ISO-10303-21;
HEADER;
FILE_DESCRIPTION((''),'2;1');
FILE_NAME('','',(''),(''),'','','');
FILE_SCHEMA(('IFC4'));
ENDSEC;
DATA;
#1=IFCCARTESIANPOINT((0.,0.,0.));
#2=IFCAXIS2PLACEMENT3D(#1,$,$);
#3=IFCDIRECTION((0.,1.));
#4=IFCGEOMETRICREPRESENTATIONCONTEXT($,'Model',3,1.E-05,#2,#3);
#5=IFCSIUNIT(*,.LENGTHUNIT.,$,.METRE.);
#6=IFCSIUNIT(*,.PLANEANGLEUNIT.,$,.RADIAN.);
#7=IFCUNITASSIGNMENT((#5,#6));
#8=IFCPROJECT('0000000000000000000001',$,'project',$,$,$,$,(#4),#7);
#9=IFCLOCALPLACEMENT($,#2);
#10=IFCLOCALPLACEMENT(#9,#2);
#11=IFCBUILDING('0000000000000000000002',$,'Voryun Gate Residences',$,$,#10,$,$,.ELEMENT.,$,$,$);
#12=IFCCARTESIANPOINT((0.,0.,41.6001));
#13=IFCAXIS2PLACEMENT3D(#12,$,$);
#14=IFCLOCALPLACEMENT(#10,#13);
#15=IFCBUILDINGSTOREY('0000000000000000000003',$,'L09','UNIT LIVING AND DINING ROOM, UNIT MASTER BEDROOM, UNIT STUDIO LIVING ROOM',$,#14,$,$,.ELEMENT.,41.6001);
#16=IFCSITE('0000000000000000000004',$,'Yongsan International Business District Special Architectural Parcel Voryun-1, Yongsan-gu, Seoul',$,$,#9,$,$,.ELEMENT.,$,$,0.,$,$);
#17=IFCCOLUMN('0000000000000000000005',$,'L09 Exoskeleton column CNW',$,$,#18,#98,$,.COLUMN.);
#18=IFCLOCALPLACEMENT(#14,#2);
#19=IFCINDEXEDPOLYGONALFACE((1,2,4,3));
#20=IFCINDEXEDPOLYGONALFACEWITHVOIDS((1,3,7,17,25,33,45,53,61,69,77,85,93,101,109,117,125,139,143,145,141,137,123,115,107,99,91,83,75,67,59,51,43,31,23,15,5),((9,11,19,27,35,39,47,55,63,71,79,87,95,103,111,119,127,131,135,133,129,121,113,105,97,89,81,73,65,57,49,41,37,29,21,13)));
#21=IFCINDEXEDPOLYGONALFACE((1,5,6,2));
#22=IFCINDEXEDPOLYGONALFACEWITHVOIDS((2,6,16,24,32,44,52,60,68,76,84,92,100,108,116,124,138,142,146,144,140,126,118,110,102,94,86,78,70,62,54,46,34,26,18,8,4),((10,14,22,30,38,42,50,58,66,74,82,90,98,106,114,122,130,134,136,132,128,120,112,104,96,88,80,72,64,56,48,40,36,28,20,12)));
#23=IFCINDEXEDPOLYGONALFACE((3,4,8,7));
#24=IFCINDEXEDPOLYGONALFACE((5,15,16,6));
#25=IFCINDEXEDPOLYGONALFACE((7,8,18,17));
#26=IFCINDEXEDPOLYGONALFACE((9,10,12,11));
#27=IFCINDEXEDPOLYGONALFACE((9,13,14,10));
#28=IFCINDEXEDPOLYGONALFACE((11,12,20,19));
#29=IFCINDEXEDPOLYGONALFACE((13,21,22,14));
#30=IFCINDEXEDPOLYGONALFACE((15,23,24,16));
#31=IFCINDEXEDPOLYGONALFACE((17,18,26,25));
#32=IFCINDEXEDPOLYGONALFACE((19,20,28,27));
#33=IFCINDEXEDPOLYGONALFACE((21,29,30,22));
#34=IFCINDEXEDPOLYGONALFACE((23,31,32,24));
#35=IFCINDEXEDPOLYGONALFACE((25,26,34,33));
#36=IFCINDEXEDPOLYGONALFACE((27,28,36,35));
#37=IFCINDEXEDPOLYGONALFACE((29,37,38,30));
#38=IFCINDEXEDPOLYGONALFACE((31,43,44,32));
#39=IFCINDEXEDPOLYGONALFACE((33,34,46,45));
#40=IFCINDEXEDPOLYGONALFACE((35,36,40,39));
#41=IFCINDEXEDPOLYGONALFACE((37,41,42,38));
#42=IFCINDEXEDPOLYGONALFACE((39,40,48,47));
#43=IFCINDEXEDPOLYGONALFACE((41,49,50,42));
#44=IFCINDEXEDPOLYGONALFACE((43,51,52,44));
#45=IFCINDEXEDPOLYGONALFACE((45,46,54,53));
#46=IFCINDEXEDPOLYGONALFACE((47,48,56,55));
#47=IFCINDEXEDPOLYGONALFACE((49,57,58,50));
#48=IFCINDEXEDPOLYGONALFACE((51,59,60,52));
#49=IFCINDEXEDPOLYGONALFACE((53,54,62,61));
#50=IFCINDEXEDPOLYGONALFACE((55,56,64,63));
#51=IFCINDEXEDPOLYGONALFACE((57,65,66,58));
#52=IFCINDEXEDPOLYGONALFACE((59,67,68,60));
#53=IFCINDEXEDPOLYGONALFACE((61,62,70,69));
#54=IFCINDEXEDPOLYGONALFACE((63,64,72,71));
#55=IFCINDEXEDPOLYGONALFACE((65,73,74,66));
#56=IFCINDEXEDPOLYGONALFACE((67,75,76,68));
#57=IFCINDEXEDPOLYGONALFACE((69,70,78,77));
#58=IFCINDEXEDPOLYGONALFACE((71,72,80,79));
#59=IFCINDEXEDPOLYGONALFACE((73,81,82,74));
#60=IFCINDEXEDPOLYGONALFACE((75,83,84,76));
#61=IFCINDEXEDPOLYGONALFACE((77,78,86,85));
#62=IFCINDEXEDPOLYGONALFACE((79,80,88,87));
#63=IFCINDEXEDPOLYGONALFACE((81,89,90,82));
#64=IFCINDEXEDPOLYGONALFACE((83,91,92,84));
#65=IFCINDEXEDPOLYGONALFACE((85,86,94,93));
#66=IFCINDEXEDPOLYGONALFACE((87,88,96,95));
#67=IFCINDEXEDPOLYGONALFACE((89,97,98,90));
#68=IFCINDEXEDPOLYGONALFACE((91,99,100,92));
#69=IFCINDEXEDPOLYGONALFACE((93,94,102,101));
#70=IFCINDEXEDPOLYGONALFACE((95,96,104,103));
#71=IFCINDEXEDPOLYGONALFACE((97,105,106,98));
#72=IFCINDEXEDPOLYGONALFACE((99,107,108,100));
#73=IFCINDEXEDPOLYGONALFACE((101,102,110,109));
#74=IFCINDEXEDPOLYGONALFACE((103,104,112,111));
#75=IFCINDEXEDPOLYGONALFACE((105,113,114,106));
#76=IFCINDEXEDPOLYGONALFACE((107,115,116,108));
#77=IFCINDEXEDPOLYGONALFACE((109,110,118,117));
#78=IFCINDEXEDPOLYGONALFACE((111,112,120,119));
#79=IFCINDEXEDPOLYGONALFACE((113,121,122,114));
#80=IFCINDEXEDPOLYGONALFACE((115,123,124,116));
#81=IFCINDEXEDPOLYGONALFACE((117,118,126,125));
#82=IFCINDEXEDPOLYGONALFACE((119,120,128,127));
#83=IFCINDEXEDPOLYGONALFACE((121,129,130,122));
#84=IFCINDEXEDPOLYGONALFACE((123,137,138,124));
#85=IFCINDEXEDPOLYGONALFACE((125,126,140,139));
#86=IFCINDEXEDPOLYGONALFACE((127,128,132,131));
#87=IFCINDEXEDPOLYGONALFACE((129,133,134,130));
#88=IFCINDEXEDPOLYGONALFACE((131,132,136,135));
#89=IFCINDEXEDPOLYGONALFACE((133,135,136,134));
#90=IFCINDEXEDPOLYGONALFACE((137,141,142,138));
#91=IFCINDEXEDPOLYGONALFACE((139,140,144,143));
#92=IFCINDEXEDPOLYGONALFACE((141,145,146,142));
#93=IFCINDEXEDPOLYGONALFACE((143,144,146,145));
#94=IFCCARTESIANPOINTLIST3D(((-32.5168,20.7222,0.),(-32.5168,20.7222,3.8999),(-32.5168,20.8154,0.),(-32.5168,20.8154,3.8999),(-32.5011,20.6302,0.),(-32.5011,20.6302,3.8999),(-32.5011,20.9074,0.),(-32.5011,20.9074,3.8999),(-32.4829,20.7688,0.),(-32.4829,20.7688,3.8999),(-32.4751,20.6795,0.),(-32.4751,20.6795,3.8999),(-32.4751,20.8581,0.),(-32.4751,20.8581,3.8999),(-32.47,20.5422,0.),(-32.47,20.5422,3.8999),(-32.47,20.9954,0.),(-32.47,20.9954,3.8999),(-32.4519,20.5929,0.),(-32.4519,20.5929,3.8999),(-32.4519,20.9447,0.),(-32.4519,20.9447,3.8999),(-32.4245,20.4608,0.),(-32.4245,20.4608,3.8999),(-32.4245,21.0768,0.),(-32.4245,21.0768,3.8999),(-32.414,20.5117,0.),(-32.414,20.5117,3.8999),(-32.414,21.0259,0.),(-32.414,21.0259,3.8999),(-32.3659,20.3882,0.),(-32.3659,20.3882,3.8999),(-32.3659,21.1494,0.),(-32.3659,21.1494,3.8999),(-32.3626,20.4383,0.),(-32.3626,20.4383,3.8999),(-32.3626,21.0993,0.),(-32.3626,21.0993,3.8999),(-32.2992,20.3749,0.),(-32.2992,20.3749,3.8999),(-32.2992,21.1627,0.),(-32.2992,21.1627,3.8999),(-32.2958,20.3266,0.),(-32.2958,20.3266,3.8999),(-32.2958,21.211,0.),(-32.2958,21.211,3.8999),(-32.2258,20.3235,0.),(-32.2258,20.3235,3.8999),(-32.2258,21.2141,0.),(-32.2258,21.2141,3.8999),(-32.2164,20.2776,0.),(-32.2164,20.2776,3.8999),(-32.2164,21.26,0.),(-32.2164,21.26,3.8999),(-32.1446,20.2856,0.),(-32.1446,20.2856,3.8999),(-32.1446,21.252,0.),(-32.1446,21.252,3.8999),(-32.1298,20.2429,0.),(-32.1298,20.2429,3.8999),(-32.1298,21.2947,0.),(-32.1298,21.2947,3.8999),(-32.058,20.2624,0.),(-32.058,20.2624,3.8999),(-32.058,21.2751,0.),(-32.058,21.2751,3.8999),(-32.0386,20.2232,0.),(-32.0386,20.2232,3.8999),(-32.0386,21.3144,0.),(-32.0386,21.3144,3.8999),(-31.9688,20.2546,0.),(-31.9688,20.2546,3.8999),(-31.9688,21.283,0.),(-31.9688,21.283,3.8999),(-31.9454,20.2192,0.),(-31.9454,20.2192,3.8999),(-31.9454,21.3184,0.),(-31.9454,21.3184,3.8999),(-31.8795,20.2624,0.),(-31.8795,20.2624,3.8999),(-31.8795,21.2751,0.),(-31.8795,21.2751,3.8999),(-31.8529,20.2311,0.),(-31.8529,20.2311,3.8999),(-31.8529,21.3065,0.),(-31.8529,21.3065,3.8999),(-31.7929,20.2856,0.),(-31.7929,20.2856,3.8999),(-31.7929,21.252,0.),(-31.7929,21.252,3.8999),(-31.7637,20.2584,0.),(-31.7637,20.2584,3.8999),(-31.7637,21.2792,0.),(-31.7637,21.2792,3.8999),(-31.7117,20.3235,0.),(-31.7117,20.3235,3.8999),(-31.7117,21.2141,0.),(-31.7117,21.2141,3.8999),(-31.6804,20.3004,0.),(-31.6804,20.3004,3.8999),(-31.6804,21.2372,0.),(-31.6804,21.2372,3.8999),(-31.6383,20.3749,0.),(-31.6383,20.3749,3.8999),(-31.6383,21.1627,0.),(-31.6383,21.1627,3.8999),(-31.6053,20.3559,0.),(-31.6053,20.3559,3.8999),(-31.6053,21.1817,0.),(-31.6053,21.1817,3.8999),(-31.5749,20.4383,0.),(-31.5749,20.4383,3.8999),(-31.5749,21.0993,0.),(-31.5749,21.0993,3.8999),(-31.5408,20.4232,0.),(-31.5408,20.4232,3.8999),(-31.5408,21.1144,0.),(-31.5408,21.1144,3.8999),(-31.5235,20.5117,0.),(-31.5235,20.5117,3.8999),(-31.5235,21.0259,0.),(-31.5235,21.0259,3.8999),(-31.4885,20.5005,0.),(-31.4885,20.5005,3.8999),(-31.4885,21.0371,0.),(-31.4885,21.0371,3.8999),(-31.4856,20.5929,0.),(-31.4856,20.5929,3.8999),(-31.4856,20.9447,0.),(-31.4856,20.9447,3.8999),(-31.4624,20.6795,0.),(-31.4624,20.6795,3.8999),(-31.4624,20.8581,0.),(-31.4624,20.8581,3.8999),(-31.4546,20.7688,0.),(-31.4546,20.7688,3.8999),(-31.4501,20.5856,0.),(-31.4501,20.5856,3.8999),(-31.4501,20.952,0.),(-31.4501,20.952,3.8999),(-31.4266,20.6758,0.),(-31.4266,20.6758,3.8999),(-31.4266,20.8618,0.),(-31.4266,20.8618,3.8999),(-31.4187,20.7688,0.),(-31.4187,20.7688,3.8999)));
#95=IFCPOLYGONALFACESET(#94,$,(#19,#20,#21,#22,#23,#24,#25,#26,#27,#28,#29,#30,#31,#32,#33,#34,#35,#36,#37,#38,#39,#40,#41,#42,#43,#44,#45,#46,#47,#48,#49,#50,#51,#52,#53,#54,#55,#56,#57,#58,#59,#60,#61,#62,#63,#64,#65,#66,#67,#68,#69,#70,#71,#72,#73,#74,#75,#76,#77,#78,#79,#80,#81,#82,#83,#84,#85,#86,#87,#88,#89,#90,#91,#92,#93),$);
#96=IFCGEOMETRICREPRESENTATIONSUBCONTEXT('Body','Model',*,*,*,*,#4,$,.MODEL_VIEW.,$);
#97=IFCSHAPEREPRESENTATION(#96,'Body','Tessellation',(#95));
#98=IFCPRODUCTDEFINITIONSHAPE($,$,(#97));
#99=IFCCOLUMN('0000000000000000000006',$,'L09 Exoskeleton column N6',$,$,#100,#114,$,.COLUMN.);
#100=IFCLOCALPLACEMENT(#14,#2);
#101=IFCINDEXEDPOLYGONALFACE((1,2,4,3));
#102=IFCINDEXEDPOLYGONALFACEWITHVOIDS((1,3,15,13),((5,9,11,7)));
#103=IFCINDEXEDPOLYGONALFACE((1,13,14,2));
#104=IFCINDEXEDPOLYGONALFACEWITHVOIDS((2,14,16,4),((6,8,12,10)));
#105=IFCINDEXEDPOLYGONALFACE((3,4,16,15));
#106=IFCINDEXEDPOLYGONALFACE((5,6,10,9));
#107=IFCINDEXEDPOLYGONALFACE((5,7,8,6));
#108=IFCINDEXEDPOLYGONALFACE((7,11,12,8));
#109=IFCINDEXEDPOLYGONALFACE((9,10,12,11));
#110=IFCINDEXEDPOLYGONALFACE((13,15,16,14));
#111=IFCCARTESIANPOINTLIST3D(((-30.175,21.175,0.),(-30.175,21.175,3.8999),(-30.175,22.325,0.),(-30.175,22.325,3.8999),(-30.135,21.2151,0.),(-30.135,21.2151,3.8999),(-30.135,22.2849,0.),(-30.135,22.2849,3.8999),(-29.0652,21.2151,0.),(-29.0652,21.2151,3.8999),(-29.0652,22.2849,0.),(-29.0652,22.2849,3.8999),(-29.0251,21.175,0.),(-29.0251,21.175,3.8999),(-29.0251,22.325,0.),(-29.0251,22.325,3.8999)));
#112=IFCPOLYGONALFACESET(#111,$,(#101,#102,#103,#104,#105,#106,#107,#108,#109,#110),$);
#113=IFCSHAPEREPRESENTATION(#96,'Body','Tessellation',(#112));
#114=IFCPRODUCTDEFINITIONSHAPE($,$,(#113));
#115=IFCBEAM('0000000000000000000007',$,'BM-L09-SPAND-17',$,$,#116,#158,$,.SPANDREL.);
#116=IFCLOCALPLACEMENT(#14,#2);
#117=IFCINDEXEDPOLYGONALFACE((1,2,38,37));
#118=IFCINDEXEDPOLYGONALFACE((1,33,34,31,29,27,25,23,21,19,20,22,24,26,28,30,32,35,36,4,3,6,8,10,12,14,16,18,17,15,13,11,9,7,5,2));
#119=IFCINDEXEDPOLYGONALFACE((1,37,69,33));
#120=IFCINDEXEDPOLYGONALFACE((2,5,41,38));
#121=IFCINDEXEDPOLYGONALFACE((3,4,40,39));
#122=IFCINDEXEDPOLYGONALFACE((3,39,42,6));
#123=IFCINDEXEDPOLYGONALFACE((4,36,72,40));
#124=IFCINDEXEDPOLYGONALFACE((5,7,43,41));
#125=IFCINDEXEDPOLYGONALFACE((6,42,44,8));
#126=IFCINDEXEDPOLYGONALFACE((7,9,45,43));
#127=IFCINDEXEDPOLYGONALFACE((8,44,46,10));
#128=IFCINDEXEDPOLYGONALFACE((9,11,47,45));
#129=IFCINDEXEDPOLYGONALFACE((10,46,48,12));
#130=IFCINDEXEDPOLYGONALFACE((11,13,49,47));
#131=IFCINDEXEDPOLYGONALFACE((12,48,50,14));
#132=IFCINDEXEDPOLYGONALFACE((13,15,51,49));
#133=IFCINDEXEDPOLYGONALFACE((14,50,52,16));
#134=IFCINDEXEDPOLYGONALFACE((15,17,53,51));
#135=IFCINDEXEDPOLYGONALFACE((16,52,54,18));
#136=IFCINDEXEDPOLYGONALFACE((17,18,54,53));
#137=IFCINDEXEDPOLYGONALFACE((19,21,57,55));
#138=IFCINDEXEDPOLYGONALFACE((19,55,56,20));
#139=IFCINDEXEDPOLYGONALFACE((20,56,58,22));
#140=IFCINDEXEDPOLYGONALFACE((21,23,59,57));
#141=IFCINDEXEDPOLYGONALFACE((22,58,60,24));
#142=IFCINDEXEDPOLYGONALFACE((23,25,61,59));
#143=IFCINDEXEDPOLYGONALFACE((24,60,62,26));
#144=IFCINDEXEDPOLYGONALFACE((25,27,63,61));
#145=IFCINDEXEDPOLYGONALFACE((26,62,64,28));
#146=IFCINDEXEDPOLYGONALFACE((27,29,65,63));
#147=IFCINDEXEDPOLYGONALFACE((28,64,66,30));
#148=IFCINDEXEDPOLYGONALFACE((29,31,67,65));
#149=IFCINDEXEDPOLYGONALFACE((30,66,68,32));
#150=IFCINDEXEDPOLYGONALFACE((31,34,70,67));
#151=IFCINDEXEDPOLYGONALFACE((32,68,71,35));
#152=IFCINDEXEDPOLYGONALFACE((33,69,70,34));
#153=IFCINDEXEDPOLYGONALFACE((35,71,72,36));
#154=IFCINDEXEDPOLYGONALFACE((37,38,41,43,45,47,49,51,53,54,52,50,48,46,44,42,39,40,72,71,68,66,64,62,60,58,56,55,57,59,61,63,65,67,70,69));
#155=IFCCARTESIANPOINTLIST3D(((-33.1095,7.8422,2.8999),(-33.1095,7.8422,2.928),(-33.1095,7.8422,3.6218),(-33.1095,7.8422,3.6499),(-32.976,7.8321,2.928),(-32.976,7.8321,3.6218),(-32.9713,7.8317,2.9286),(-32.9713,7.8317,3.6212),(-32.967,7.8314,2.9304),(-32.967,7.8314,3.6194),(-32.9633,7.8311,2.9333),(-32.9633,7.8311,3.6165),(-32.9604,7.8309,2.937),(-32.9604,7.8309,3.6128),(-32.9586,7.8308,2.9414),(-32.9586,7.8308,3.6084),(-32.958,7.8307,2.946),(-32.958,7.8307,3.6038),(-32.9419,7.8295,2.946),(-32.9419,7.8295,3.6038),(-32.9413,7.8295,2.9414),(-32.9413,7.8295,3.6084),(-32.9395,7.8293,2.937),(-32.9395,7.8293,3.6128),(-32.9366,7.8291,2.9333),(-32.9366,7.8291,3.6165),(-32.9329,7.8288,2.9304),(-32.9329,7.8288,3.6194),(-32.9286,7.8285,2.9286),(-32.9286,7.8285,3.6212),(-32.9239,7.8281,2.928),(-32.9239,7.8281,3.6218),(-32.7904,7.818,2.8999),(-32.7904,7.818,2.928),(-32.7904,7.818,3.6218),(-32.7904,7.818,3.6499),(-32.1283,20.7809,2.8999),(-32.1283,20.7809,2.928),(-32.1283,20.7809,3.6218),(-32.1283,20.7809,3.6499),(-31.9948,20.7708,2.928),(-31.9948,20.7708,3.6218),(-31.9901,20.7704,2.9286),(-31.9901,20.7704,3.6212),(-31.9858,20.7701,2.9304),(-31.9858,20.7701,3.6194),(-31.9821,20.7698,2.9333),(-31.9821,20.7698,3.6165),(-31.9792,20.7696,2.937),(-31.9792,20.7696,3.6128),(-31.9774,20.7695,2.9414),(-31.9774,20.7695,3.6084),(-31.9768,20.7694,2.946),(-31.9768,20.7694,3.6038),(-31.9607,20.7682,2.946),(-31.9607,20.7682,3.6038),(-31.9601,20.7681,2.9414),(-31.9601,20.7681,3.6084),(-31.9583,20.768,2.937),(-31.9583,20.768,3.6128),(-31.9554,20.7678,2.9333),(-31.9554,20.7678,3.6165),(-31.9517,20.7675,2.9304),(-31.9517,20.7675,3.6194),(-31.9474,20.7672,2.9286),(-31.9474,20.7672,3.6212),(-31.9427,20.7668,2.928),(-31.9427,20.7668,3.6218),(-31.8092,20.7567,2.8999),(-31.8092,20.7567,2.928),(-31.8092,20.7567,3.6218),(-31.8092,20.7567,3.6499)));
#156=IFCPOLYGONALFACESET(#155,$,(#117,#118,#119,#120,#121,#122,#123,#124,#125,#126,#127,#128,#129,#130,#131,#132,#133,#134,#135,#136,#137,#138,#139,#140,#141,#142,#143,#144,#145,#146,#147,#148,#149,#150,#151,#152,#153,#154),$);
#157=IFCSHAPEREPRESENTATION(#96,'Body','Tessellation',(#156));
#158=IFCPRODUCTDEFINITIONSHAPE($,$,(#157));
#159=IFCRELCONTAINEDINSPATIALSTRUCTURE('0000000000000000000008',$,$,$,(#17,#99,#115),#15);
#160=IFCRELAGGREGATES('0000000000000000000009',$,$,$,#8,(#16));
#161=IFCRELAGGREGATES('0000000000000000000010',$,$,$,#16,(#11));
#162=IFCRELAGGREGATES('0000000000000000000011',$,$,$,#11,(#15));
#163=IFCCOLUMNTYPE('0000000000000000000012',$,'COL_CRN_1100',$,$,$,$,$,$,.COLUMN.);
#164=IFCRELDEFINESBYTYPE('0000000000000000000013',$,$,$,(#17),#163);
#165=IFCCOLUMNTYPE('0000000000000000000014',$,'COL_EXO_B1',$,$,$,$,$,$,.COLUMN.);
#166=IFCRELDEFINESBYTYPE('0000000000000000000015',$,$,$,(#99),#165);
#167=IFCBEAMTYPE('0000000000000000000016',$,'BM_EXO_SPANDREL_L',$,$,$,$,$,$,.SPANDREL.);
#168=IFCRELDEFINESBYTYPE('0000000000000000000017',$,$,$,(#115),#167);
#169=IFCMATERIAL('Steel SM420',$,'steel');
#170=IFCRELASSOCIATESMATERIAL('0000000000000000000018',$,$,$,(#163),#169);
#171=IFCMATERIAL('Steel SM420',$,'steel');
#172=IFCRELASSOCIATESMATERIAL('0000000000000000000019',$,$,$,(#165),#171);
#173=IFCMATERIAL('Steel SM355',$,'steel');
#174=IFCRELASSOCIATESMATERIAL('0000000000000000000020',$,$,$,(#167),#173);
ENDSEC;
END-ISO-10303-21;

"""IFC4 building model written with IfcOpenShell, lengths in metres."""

from ifc_helpers import new_model, si_unit, direction, frame, origin, origin_2d, place, context, subcontext, project, spatial, hollow_rectangle, hollow_circle, i_section, extrude, material, material_profile, profile_set, type_object, element, save


model = new_model("IFC4")

# Units and contexts
model_context = context("Model", 3, precision=1e-05, world=origin(), true_north=direction((0.0, 1.0)))
body_context = subcontext(model_context, "Body", "Model", "MODEL_VIEW")
ifc_project = project(units=[si_unit("LENGTHUNIT", "METRE"), si_unit("PLANEANGLEUNIT", "RADIAN")], contexts=[model_context])

# Site, building, storey
site_placement = place(None, origin())
site = spatial("IfcSite", under=ifc_project, at=site_placement, Name="Yongsan International Business District Special Architectural Parcel Voryun-1, Yongsan-gu, Seoul", CompositionType="ELEMENT", RefElevation=0.0)
building_placement = place(site_placement, origin())
building = spatial("IfcBuilding", under=site, at=building_placement, Name="Voryun Gate Residences", CompositionType="ELEMENT")
storey_placement = place(building_placement, frame((0.0, 0.0, 41.6001)))
storey = spatial("IfcBuildingStorey", under=building, at=storey_placement, Name="L09", Description="UNIT LIVING AND DINING ROOM, UNIT MASTER BEDROOM, UNIT STUDIO LIVING ROOM", CompositionType="ELEMENT", Elevation=41.6001)

# Columns
ifc_material_1 = material(Name="Steel SM420", Category="steel")
ifc_material_profile_1 = material_profile(ifc_material_1, hollow_circle(Radius=0.55, WallThickness=0.0359, at=origin_2d()), Name="CHS-1100x36")
ifc_profile_set_1 = profile_set([ifc_material_profile_1], Name="Steel SM420")
column_type_1 = type_object("IfcColumnType", Name="COL_CRN_1100", PredefinedType="COLUMN", material=ifc_profile_set_1)
column_1_placement = place(storey_placement, frame((-31.9688, 20.7688, 0.0), z_axis=(0.0, 0.0, 1.0), x_axis=(1.0, 0.0, 0.0)))
element("IfcColumn", 1, at=column_1_placement, inside=storey, type_object=column_type_1, Name="L09 Exoskeleton column CNW", PredefinedType="COLUMN", context=body_context, shape_type="SweptSolid", body=[
    extrude(hollow_circle(Radius=0.55, WallThickness=0.0359, at=origin_2d()), origin(), (0.0, 0.0, 1.0), 3.8999),
])
ifc_material_2 = material(Name="Steel SM420", Category="steel")
ifc_material_profile_2 = material_profile(ifc_material_2, hollow_rectangle(XDim=1.1499, YDim=1.1499, WallThickness=0.04, at=origin_2d()), Name="BOX-1150x1150x40")
ifc_profile_set_2 = profile_set([ifc_material_profile_2], Name="Steel SM420")
column_type_2 = type_object("IfcColumnType", Name="COL_EXO_B1", PredefinedType="COLUMN", material=ifc_profile_set_2)
column_2_placement = place(storey_placement, frame((-29.6001, 21.75, 0.0), z_axis=(0.0, 0.0, 1.0), x_axis=(1.0, 0.0, 0.0)))
element("IfcColumn", 2, at=column_2_placement, inside=storey, type_object=column_type_2, Name="L09 Exoskeleton column N6", PredefinedType="COLUMN", context=body_context, shape_type="SweptSolid", body=[
    extrude(hollow_rectangle(XDim=1.1499, YDim=1.1499, WallThickness=0.04, at=origin_2d()), origin(), (0.0, 0.0, 1.0), 3.8999),
])

# Beam
ifc_material_3 = material(Name="Steel SM355", Category="steel")
ifc_material_profile_3 = material_profile(ifc_material_3, i_section(OverallWidth=0.3201, OverallDepth=0.75, WebThickness=0.0161, FlangeThickness=0.0281, FilletRadius=0.0181, at=origin_2d()), Name="H-750x320x16x28")
ifc_profile_set_3 = profile_set([ifc_material_profile_3], Name="Steel SM355")
beam_type = type_object("IfcBeamType", Name="BM_EXO_SPANDREL_L", PredefinedType="SPANDREL", material=ifc_profile_set_3)
beam_placement = place(storey_placement, frame((-31.9688, 20.7688, 3.2749), z_axis=(-0.075617, -0.997137, 0.0), x_axis=(0.997137, -0.075617, 0.0)))
element("IfcBeam", 3, at=beam_placement, inside=storey, type_object=beam_type, Name="BM-L09-SPAND-17", PredefinedType="SPANDREL", context=body_context, shape_type="SweptSolid", body=[
    extrude(i_section(OverallWidth=0.3201, OverallDepth=0.75, WebThickness=0.0161, FlangeThickness=0.0281, FilletRadius=0.0181, at=origin_2d()), origin(), (0.0, 0.0, 1.0), 12.9758),
])

save(model, "model.ifc")
